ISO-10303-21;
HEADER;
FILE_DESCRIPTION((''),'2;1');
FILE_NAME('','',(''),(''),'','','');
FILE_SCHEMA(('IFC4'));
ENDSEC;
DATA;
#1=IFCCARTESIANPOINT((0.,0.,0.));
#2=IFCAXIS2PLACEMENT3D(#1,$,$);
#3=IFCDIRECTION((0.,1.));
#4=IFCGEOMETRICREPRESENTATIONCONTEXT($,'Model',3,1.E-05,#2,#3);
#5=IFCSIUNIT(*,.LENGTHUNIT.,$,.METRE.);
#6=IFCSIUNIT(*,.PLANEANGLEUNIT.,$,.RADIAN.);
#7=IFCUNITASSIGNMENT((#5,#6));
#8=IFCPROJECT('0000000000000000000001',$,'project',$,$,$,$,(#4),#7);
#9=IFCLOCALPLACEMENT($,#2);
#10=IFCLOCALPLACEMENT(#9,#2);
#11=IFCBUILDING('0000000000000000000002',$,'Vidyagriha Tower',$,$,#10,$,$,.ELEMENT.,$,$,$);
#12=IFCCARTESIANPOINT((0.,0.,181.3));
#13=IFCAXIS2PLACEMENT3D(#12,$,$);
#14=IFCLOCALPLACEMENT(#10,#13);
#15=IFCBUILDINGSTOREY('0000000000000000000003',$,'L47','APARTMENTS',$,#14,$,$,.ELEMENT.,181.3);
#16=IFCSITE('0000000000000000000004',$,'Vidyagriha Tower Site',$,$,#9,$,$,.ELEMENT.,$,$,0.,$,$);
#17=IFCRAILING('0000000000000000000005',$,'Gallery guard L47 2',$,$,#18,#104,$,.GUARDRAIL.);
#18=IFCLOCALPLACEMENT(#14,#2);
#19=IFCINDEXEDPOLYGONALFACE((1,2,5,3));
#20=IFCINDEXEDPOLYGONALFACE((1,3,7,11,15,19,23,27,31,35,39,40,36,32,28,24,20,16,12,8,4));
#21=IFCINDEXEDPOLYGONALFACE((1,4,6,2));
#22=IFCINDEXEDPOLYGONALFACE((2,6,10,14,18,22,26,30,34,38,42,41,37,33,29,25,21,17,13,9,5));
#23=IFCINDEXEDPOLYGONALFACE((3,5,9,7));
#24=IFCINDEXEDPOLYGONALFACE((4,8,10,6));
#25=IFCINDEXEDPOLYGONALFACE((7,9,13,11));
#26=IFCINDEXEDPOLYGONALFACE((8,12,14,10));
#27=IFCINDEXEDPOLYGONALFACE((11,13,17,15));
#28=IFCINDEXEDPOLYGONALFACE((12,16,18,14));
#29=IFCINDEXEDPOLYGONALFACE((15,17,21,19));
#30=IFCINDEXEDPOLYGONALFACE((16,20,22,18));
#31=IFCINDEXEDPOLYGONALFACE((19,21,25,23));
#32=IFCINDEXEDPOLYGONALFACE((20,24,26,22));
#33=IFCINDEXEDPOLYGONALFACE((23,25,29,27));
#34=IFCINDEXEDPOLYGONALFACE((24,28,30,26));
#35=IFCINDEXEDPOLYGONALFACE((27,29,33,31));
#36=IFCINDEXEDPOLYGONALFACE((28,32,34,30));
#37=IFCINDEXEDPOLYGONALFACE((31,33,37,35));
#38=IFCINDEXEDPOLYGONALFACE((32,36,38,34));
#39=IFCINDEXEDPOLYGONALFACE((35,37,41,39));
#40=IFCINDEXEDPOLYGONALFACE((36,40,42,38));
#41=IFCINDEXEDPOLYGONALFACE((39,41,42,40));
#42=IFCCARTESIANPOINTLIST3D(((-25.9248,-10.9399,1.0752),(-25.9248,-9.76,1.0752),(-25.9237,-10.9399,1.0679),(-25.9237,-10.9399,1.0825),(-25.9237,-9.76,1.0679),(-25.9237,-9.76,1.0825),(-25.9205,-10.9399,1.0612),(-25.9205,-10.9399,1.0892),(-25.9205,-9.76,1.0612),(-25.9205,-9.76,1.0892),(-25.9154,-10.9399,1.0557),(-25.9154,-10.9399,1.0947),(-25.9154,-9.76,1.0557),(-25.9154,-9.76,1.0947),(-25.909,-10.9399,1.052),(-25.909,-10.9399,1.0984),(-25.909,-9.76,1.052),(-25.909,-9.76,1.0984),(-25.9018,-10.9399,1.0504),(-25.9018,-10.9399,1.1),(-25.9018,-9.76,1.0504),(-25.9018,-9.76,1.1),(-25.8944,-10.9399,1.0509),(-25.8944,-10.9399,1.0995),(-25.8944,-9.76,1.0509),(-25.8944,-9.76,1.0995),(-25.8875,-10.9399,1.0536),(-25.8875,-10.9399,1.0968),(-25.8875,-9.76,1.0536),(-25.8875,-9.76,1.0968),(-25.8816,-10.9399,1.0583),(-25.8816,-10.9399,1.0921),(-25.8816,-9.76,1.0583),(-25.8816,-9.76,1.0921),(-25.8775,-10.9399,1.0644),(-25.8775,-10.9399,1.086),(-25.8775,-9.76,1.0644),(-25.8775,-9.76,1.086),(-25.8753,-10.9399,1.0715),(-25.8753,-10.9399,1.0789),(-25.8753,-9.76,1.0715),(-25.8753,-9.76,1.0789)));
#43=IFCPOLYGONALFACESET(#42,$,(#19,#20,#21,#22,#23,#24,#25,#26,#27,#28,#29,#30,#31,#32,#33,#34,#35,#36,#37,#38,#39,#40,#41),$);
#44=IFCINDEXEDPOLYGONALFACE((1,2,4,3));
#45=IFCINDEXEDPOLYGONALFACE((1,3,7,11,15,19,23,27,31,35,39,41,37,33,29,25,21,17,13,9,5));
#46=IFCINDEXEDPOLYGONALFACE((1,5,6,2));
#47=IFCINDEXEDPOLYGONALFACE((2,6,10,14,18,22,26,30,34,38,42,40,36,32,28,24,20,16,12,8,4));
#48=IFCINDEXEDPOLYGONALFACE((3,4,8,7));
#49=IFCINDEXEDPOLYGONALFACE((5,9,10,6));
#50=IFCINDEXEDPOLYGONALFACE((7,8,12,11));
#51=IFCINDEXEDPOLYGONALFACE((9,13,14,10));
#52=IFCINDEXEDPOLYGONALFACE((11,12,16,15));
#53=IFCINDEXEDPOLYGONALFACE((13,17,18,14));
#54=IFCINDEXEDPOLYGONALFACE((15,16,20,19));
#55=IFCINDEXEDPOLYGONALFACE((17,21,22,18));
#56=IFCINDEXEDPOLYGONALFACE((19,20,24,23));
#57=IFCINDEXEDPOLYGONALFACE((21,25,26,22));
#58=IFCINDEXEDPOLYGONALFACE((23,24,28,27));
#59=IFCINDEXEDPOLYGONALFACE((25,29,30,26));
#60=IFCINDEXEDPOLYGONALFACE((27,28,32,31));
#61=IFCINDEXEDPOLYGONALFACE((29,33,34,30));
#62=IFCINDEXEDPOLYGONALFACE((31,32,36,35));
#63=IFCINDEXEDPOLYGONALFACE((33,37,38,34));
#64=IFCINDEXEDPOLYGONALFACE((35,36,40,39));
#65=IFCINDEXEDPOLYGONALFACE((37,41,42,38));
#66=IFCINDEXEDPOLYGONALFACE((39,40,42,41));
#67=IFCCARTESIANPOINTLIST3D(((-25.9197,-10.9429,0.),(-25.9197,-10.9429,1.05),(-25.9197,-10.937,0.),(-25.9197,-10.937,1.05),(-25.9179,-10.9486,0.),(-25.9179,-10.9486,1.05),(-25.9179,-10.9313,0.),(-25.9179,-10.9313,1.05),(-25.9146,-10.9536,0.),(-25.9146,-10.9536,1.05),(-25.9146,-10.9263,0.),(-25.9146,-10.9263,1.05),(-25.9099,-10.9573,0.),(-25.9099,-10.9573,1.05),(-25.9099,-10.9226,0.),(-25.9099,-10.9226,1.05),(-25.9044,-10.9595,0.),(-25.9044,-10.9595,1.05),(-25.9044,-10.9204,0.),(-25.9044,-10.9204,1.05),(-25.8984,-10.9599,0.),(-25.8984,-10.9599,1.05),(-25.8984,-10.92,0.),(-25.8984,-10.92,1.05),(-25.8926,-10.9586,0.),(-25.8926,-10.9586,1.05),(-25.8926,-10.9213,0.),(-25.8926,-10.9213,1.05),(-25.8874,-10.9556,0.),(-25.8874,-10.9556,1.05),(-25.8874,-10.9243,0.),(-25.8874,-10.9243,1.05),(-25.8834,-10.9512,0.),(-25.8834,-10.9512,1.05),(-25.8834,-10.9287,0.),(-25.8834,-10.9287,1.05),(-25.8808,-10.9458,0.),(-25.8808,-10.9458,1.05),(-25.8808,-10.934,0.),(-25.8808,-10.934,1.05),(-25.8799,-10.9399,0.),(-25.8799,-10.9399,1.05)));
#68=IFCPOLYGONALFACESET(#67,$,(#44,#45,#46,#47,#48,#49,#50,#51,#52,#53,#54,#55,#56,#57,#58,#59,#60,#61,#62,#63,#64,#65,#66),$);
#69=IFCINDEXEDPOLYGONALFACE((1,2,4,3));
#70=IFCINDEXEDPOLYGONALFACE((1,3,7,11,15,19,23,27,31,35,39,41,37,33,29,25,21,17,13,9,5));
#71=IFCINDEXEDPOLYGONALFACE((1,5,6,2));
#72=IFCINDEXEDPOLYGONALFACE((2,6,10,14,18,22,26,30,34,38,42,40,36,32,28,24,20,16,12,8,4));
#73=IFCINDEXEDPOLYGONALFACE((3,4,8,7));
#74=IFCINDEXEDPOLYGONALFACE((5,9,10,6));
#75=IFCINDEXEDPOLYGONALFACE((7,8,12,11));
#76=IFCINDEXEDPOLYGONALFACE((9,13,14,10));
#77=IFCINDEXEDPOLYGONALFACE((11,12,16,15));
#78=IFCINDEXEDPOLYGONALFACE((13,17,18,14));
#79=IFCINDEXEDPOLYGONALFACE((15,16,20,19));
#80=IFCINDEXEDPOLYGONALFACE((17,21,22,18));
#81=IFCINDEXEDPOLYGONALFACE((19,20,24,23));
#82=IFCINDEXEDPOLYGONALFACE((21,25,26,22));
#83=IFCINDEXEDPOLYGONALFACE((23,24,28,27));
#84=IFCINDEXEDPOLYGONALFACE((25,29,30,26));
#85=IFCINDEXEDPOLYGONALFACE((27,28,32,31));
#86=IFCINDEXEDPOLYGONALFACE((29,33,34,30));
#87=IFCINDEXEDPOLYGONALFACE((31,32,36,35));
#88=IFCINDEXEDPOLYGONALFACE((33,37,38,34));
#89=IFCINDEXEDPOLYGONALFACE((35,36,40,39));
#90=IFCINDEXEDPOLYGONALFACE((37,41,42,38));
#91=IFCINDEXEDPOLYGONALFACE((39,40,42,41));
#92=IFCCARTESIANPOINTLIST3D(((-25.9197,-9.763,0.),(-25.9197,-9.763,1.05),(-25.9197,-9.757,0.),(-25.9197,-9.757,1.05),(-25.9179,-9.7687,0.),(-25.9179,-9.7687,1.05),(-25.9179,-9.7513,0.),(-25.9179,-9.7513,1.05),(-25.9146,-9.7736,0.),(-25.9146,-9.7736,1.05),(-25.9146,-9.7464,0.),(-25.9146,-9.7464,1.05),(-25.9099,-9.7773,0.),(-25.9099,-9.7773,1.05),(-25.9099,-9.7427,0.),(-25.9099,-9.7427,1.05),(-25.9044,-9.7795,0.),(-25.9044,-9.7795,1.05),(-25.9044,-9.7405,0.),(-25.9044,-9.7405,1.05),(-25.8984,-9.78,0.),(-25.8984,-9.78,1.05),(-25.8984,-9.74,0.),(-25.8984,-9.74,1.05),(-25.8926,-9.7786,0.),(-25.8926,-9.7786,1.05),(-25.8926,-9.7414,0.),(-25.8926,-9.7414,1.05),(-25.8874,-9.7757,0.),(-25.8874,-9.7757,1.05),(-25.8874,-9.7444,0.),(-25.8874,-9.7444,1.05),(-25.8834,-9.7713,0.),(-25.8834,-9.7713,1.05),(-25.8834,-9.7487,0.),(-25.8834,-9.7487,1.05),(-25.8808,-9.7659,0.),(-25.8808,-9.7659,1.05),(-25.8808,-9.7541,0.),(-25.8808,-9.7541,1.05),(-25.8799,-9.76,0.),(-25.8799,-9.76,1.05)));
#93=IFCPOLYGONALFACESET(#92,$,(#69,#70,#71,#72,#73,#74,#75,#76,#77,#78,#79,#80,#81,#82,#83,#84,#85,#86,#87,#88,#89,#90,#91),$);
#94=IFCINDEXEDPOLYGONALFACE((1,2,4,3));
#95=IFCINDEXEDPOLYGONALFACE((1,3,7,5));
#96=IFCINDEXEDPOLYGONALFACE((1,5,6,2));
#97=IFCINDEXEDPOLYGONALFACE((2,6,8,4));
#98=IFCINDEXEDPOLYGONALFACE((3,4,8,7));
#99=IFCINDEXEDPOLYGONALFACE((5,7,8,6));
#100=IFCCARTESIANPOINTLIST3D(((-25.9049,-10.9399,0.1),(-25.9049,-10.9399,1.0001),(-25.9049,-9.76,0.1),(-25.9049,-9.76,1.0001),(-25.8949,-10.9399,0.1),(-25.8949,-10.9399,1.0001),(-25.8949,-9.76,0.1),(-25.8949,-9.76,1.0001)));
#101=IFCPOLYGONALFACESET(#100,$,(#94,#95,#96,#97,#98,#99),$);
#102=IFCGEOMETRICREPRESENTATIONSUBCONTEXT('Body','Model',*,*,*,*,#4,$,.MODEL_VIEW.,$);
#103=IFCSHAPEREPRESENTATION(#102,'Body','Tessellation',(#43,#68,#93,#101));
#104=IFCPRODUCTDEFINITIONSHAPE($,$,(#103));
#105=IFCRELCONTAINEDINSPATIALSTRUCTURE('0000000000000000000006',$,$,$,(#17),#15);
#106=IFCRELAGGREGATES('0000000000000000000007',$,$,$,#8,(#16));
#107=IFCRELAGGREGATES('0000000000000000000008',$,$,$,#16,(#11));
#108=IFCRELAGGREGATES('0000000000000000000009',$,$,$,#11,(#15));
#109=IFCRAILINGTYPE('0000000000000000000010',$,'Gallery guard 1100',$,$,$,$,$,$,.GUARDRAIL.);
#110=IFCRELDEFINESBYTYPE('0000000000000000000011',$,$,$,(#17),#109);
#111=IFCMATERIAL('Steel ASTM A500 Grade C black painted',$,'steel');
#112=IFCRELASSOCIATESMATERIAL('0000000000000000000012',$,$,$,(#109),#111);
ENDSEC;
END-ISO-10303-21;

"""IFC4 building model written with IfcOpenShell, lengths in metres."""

from ifc_helpers import new_model, si_unit, direction, frame, origin, origin_2d, place, context, subcontext, project, spatial, rectangle, circle, extrude, material, type_object, element, save


model = new_model("IFC4")

# Units and contexts
model_context = context("Model", 3, precision=1e-05, world=origin(), true_north=direction((0.0, 1.0)))
body_context = subcontext(model_context, "Body", "Model", "MODEL_VIEW")
ifc_project = project(units=[si_unit("LENGTHUNIT", "METRE"), si_unit("PLANEANGLEUNIT", "RADIAN")], contexts=[model_context])

# Site, building, storey
site_placement = place(None, origin())
site = spatial("IfcSite", under=ifc_project, at=site_placement, Name="Vidyagriha Tower Site", CompositionType="ELEMENT", RefElevation=0.0)
building_placement = place(site_placement, origin())
building = spatial("IfcBuilding", under=site, at=building_placement, Name="Vidyagriha Tower", CompositionType="ELEMENT")
storey_placement = place(building_placement, frame((0.0, 0.0, 181.3)))
storey = spatial("IfcBuildingStorey", under=building, at=storey_placement, Name="L47", Description="APARTMENTS", CompositionType="ELEMENT", Elevation=181.3)

# Railing
ifc_material_1 = material(Name="Steel ASTM A500 Grade C black painted", Category="steel")
railing_type_1 = type_object("IfcRailingType", Name="Gallery guard 1100", PredefinedType="GUARDRAIL", material=ifc_material_1)
railing_1_placement = place(storey_placement, frame((-25.8999, -10.9399, 0.0)))
element("IfcRailing", 1, at=railing_1_placement, inside=storey, type_object=railing_type_1, Name="Gallery guard L47 2", PredefinedType="GUARDRAIL", context=body_context, shape_type="SweptSolid", body=[
    extrude(circle(Radius=0.0249, at=origin_2d()), frame((0.0, 0.0, 1.0752), z_axis=(0.0, 1.0, 0.0), x_axis=(-1.0, 0.0, 0.0)), (0.0, 0.0, 1.0), 1.1799),
    extrude(circle(Radius=0.02, at=origin_2d()), origin(), (0.0, 0.0, 1.0), 1.05),
    extrude(circle(Radius=0.02, at=origin_2d()), frame((0.0, 1.1799, 0.0)), (0.0, 0.0, 1.0), 1.05),
    extrude(rectangle(XDim=0.01, YDim=0.9001, at=origin_2d()), frame((0.0, 0.0, 0.55), z_axis=(0.0, 1.0, 0.0), x_axis=(-1.0, 0.0, 0.0)), (0.0, 0.0, 1.0), 1.1799),
])

save(model, "model.ifc")
